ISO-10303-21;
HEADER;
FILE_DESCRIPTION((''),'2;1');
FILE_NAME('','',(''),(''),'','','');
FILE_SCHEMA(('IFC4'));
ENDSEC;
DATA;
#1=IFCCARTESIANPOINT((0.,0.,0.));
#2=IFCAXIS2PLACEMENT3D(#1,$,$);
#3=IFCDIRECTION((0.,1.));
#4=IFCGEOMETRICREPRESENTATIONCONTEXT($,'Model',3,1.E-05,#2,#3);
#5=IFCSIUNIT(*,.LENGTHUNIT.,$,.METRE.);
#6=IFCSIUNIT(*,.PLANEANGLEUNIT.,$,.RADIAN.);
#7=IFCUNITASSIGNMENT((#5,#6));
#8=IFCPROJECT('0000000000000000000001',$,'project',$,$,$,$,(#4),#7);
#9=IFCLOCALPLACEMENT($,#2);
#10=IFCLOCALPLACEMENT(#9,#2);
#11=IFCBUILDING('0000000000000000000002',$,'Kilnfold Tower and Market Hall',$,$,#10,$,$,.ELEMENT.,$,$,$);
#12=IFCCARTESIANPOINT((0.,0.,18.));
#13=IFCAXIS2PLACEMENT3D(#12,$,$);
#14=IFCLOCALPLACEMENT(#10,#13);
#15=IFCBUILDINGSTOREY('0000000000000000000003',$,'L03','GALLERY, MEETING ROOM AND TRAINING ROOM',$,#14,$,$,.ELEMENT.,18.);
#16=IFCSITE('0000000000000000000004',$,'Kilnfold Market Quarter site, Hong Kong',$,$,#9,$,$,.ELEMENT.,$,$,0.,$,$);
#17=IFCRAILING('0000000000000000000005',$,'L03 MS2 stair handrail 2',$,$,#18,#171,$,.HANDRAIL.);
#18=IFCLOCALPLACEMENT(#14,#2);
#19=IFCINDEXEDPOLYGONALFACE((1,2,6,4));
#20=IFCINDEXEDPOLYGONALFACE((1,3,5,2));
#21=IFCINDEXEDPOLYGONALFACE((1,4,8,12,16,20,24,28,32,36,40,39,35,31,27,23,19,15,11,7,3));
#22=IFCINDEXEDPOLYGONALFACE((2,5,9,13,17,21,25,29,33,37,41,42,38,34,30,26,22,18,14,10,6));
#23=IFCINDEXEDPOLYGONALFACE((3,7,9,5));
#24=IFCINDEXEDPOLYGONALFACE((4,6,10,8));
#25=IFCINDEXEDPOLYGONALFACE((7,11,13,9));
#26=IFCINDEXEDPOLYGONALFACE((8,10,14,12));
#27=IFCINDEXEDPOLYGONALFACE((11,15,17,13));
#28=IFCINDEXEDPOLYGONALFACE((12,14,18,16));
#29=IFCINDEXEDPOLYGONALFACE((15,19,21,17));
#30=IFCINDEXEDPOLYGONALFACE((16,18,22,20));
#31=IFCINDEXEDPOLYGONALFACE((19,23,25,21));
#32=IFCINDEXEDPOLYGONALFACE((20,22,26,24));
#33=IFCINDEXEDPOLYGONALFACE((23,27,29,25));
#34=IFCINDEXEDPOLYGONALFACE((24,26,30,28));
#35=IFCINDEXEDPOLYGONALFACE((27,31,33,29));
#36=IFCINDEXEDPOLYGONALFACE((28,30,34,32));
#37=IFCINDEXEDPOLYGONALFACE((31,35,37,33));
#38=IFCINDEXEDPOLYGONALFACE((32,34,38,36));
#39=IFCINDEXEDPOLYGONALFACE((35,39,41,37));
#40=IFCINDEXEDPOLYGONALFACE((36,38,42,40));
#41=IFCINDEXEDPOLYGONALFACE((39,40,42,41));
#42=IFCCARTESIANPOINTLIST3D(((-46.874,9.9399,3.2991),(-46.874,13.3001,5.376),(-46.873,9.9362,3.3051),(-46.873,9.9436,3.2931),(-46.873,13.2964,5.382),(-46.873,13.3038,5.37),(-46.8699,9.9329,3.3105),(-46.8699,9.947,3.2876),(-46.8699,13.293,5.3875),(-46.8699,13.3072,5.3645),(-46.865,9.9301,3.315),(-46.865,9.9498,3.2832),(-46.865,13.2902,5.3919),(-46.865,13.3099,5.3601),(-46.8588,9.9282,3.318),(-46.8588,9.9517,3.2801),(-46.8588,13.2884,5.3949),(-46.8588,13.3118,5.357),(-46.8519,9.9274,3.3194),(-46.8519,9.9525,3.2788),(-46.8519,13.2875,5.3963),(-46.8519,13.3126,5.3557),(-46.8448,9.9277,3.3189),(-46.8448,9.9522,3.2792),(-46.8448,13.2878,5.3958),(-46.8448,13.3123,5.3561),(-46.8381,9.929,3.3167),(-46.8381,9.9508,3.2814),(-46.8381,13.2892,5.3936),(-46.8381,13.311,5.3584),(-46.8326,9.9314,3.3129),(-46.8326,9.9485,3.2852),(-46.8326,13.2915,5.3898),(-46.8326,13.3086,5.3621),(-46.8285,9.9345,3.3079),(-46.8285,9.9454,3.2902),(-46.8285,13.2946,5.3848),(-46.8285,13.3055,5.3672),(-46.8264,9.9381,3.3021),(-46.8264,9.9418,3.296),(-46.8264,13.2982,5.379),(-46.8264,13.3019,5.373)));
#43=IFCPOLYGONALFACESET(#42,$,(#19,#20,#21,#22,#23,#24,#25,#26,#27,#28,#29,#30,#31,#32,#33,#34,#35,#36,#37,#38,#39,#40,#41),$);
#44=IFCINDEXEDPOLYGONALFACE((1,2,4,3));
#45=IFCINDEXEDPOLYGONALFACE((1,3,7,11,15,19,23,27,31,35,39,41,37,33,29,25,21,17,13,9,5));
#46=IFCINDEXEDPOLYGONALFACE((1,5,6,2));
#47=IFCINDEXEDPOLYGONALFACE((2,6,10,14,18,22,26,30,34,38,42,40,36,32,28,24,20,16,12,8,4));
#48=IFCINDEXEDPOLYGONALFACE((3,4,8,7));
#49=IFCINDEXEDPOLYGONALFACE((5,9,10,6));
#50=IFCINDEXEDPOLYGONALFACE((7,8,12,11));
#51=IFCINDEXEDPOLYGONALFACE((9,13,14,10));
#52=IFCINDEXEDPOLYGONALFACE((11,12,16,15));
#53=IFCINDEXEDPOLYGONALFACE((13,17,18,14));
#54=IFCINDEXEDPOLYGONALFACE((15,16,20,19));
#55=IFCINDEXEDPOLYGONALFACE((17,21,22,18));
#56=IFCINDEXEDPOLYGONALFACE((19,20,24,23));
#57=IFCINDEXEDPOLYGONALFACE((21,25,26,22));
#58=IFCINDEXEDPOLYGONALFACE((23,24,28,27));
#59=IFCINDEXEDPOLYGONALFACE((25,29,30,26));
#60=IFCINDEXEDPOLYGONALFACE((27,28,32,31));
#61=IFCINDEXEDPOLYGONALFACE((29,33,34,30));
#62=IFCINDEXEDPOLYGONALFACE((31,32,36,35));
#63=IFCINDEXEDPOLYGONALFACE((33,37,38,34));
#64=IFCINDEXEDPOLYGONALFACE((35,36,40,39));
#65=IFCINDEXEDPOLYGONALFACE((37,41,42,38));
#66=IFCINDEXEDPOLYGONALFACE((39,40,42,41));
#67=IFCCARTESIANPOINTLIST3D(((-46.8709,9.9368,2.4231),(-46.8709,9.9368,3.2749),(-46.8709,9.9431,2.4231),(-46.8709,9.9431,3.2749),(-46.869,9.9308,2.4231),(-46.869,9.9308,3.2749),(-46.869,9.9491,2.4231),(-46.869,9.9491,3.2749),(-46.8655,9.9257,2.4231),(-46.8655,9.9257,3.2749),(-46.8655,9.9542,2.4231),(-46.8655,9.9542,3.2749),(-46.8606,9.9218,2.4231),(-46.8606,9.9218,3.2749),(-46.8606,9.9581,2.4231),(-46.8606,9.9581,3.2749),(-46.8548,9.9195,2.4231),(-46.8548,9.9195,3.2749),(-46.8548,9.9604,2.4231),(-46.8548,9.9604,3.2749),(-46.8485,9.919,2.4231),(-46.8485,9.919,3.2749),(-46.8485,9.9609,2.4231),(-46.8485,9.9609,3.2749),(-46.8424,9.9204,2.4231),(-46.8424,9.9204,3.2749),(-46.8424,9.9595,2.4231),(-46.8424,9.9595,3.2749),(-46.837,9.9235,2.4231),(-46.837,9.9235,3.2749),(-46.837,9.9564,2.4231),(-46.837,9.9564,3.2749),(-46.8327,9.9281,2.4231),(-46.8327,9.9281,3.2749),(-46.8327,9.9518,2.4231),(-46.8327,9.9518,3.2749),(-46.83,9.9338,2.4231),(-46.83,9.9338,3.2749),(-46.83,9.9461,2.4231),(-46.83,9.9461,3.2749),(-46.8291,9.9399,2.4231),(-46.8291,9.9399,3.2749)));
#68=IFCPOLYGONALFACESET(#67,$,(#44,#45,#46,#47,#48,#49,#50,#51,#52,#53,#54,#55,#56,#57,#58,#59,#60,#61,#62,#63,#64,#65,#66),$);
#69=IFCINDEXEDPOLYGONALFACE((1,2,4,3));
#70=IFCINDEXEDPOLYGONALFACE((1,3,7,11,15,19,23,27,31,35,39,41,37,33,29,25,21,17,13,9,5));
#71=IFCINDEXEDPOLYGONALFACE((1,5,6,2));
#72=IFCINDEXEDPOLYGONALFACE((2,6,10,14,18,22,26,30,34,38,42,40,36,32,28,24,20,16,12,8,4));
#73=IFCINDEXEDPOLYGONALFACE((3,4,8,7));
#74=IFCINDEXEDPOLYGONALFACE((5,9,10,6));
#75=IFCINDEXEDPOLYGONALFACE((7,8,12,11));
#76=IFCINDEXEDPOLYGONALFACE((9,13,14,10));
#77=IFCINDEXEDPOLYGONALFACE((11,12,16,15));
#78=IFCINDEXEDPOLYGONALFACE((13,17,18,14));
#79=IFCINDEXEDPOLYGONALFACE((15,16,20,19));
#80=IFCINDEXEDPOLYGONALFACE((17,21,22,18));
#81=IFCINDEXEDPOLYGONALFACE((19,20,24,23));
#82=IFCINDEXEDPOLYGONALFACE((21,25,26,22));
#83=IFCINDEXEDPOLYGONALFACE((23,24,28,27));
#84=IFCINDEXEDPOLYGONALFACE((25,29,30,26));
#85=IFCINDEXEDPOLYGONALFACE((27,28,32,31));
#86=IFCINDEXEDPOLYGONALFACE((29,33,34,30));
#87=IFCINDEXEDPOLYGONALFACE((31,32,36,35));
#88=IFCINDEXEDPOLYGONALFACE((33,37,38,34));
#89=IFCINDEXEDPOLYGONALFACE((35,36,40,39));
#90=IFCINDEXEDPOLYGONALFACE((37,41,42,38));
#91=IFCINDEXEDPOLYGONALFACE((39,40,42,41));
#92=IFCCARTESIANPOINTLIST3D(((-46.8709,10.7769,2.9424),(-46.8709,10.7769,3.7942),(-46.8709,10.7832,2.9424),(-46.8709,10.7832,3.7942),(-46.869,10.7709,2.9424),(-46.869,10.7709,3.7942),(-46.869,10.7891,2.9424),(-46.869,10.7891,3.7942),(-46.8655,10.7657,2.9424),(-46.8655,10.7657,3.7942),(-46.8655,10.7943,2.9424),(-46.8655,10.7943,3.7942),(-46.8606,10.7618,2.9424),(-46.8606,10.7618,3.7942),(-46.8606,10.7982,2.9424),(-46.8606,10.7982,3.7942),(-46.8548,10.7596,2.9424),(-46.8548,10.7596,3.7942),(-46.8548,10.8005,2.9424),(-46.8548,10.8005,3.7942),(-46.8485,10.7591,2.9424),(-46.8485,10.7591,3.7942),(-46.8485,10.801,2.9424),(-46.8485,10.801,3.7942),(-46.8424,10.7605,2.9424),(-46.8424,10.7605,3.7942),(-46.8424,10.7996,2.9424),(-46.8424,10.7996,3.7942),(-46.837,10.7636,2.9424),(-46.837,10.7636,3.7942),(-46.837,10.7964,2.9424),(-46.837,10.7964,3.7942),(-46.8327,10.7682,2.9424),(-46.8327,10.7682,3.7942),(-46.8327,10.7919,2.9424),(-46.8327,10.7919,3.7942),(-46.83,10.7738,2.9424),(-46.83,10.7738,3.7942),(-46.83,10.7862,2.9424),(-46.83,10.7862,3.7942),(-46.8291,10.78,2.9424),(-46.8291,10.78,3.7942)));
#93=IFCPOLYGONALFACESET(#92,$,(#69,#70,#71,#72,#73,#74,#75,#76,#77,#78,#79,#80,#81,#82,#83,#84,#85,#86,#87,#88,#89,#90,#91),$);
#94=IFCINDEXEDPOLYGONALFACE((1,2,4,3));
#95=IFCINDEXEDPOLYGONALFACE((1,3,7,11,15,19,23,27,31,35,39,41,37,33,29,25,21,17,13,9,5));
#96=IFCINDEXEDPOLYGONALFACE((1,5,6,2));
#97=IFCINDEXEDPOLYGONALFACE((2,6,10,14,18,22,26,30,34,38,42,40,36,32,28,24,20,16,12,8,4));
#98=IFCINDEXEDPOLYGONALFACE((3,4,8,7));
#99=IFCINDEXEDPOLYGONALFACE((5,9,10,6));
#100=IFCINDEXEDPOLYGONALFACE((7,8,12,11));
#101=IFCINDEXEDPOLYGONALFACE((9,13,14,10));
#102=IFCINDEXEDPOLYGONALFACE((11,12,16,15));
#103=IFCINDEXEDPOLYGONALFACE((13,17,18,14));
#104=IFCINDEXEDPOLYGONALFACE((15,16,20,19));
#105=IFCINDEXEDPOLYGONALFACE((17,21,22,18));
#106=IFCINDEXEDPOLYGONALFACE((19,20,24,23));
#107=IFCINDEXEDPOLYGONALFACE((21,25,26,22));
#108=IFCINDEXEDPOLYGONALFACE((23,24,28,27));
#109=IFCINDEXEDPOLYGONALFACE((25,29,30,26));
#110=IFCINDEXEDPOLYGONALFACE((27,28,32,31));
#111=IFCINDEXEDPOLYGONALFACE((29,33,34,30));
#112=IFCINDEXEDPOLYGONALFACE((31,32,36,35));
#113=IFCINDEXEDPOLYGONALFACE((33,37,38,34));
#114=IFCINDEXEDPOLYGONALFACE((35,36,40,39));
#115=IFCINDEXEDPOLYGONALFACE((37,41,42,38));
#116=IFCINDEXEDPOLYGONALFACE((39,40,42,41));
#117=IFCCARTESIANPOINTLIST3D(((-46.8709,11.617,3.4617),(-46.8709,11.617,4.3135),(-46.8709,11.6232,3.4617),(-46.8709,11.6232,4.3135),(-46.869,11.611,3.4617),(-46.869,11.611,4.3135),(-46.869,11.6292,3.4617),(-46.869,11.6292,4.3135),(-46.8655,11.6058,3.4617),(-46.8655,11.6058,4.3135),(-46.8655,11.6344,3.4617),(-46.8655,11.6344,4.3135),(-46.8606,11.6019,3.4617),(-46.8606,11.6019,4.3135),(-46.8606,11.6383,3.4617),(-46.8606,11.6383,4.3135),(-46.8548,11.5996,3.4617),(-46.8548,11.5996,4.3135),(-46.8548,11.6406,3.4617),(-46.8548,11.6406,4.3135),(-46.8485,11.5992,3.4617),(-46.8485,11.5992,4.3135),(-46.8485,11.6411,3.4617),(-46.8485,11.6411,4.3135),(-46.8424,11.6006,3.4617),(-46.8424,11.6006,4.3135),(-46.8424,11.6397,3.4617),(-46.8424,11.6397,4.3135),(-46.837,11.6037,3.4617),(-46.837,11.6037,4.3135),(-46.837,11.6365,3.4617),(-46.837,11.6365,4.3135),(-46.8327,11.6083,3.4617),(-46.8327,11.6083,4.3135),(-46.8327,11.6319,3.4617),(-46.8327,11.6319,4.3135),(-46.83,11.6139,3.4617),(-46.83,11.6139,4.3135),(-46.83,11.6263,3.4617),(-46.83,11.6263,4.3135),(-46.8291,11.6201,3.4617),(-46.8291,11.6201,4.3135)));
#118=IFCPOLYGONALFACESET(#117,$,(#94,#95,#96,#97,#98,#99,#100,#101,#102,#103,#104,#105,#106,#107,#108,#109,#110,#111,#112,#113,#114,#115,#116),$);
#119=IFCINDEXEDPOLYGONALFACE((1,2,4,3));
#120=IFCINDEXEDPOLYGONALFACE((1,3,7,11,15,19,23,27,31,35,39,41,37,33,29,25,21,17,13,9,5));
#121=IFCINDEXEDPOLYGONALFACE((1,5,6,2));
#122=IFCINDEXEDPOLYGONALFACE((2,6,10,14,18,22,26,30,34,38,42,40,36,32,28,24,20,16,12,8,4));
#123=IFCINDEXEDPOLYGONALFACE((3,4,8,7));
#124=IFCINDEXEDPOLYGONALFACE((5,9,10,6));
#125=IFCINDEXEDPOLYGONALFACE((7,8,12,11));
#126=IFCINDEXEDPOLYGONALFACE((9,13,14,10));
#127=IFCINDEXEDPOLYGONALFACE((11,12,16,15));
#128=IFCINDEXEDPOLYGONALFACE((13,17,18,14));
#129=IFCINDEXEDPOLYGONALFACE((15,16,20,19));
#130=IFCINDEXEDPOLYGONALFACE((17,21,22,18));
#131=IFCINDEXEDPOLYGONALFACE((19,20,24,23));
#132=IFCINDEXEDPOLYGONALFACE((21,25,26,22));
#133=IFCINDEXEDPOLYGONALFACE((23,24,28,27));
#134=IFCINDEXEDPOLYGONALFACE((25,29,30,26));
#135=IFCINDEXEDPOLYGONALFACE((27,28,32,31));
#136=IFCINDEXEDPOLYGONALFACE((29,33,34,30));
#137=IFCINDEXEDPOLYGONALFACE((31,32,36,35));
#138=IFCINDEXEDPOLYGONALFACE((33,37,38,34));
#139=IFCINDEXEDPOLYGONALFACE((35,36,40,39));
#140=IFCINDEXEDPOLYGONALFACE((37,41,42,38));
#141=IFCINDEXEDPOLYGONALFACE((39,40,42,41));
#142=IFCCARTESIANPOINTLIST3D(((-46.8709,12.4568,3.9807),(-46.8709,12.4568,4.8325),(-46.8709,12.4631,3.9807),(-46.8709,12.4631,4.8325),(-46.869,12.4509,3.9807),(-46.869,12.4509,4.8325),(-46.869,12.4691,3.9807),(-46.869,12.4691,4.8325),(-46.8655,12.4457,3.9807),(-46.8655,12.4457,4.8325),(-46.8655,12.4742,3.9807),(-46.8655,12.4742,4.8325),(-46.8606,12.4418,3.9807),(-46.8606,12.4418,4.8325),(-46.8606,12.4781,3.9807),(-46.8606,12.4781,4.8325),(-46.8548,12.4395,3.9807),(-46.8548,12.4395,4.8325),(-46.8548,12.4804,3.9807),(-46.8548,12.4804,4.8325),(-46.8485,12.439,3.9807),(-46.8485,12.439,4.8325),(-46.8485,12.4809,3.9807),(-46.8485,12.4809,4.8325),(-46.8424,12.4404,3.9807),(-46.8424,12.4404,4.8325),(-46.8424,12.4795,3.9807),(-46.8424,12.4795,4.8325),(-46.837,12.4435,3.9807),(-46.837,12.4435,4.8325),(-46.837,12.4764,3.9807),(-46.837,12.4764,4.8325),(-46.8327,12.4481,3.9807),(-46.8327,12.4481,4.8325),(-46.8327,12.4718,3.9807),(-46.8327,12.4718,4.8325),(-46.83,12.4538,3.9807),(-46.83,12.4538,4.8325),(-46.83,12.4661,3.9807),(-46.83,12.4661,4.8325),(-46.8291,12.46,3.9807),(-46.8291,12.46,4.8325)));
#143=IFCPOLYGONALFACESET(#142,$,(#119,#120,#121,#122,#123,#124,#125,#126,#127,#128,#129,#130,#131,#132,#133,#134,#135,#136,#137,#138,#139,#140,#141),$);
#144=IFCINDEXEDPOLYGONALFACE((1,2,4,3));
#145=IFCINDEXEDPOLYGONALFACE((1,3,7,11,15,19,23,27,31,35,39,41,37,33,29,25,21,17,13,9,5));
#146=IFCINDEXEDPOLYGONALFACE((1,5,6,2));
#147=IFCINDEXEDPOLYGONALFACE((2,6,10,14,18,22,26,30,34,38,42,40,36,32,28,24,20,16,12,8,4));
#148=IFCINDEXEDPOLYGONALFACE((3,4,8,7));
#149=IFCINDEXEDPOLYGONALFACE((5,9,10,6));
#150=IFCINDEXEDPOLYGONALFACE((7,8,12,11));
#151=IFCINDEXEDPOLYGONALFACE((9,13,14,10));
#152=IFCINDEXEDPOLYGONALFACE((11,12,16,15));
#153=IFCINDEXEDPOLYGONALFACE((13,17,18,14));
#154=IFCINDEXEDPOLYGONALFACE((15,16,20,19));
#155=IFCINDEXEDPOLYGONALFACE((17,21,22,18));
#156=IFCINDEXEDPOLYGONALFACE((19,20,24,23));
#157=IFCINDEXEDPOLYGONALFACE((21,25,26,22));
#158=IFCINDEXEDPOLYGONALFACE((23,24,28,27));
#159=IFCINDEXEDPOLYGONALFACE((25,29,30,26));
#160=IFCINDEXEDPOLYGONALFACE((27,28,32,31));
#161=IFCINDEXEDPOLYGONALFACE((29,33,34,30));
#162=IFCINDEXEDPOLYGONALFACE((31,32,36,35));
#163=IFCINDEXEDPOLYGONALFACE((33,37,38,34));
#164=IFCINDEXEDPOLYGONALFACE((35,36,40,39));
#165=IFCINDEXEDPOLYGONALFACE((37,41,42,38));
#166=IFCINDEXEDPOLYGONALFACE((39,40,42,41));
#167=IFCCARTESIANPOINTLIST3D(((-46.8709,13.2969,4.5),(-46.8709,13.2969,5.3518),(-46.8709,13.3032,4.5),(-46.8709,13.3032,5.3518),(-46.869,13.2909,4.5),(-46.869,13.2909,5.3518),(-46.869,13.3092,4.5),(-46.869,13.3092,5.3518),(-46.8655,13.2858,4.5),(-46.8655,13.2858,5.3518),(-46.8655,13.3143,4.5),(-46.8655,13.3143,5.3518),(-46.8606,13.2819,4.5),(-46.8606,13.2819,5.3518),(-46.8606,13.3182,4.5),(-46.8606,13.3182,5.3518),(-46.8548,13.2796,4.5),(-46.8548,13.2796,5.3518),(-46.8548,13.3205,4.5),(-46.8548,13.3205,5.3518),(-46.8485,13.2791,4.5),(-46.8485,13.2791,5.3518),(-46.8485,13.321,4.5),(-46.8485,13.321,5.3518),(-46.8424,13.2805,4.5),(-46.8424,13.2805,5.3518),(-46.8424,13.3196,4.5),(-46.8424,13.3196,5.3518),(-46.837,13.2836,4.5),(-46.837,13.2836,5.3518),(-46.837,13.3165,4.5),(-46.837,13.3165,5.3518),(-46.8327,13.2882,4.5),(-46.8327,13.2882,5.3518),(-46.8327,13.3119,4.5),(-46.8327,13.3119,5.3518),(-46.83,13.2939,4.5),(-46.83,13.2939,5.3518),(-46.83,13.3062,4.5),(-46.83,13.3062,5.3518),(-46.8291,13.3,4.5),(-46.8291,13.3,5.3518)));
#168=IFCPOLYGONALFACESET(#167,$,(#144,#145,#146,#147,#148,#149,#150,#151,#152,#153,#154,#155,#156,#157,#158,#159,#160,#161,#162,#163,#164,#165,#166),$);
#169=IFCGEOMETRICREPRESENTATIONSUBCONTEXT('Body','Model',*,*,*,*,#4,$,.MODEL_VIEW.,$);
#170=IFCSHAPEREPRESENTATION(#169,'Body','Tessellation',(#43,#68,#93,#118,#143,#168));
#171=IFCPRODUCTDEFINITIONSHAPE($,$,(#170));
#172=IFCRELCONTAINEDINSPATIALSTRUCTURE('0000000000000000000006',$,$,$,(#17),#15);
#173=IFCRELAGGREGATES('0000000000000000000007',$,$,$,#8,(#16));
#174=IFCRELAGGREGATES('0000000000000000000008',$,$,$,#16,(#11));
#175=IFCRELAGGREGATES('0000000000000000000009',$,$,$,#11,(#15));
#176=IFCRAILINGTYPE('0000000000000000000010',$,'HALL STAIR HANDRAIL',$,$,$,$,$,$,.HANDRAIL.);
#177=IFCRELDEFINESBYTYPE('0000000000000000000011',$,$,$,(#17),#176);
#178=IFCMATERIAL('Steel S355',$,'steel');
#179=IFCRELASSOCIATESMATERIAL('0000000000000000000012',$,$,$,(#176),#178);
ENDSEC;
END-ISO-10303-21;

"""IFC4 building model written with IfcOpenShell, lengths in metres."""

from ifc_helpers import new_model, si_unit, direction, frame, origin, origin_2d, place, context, subcontext, project, spatial, circle, extrude, material, type_object, element, save


model = new_model("IFC4")

# Units and contexts
model_context = context("Model", 3, precision=1e-05, world=origin(), true_north=direction((0.0, 1.0)))
body_context = subcontext(model_context, "Body", "Model", "MODEL_VIEW")
ifc_project = project(units=[si_unit("LENGTHUNIT", "METRE"), si_unit("PLANEANGLEUNIT", "RADIAN")], contexts=[model_context])

# Site, building, storey
site_placement = place(None, origin())
site = spatial("IfcSite", under=ifc_project, at=site_placement, Name="Kilnfold Market Quarter site, Hong Kong", CompositionType="ELEMENT", RefElevation=0.0)
building_placement = place(site_placement, origin())
building = spatial("IfcBuilding", under=site, at=building_placement, Name="Kilnfold Tower and Market Hall", CompositionType="ELEMENT")
storey_placement = place(building_placement, frame((0.0, 0.0, 18.0)))
storey = spatial("IfcBuildingStorey", under=building, at=storey_placement, Name="L03", Description="GALLERY, MEETING ROOM AND TRAINING ROOM", CompositionType="ELEMENT", Elevation=18.0)

# Railing
ifc_material_1 = material(Name="Steel S355", Category="steel")
railing_type_1 = type_object("IfcRailingType", Name="HALL STAIR HANDRAIL", PredefinedType="HANDRAIL", material=ifc_material_1)
railing_1_placement = place(storey_placement, frame((-46.8501, 9.9399, 2.4231)))
element("IfcRailing", 1, at=railing_1_placement, inside=storey, type_object=railing_type_1, Name="L03 MS2 stair handrail 2", PredefinedType="HANDRAIL", context=body_context, shape_type="SweptSolid", body=[
    extrude(circle(Radius=0.0239, at=origin_2d()), frame((0.0, 0.0, 0.876), z_axis=(0.0, 0.850623, 0.525776), x_axis=(-1.0, 0.0, 0.0)), (0.0, 0.0, 1.0), 3.9502),
    extrude(circle(Radius=0.021, at=origin_2d()), origin(), (0.0, 0.0, 1.0), 0.8518),
    extrude(circle(Radius=0.021, at=origin_2d()), frame((0.0, 0.8401, 0.5193)), (0.0, 0.0, 1.0), 0.8518),
    extrude(circle(Radius=0.021, at=origin_2d()), frame((0.0, 1.6802, 1.0386)), (0.0, 0.0, 1.0), 0.8518),
    extrude(circle(Radius=0.021, at=origin_2d()), frame((0.0, 2.52, 1.5576)), (0.0, 0.0, 1.0), 0.8518),
    extrude(circle(Radius=0.021, at=origin_2d()), frame((0.0, 3.3601, 2.0769)), (0.0, 0.0, 1.0), 0.8518),
])

save(model, "model.ifc")
